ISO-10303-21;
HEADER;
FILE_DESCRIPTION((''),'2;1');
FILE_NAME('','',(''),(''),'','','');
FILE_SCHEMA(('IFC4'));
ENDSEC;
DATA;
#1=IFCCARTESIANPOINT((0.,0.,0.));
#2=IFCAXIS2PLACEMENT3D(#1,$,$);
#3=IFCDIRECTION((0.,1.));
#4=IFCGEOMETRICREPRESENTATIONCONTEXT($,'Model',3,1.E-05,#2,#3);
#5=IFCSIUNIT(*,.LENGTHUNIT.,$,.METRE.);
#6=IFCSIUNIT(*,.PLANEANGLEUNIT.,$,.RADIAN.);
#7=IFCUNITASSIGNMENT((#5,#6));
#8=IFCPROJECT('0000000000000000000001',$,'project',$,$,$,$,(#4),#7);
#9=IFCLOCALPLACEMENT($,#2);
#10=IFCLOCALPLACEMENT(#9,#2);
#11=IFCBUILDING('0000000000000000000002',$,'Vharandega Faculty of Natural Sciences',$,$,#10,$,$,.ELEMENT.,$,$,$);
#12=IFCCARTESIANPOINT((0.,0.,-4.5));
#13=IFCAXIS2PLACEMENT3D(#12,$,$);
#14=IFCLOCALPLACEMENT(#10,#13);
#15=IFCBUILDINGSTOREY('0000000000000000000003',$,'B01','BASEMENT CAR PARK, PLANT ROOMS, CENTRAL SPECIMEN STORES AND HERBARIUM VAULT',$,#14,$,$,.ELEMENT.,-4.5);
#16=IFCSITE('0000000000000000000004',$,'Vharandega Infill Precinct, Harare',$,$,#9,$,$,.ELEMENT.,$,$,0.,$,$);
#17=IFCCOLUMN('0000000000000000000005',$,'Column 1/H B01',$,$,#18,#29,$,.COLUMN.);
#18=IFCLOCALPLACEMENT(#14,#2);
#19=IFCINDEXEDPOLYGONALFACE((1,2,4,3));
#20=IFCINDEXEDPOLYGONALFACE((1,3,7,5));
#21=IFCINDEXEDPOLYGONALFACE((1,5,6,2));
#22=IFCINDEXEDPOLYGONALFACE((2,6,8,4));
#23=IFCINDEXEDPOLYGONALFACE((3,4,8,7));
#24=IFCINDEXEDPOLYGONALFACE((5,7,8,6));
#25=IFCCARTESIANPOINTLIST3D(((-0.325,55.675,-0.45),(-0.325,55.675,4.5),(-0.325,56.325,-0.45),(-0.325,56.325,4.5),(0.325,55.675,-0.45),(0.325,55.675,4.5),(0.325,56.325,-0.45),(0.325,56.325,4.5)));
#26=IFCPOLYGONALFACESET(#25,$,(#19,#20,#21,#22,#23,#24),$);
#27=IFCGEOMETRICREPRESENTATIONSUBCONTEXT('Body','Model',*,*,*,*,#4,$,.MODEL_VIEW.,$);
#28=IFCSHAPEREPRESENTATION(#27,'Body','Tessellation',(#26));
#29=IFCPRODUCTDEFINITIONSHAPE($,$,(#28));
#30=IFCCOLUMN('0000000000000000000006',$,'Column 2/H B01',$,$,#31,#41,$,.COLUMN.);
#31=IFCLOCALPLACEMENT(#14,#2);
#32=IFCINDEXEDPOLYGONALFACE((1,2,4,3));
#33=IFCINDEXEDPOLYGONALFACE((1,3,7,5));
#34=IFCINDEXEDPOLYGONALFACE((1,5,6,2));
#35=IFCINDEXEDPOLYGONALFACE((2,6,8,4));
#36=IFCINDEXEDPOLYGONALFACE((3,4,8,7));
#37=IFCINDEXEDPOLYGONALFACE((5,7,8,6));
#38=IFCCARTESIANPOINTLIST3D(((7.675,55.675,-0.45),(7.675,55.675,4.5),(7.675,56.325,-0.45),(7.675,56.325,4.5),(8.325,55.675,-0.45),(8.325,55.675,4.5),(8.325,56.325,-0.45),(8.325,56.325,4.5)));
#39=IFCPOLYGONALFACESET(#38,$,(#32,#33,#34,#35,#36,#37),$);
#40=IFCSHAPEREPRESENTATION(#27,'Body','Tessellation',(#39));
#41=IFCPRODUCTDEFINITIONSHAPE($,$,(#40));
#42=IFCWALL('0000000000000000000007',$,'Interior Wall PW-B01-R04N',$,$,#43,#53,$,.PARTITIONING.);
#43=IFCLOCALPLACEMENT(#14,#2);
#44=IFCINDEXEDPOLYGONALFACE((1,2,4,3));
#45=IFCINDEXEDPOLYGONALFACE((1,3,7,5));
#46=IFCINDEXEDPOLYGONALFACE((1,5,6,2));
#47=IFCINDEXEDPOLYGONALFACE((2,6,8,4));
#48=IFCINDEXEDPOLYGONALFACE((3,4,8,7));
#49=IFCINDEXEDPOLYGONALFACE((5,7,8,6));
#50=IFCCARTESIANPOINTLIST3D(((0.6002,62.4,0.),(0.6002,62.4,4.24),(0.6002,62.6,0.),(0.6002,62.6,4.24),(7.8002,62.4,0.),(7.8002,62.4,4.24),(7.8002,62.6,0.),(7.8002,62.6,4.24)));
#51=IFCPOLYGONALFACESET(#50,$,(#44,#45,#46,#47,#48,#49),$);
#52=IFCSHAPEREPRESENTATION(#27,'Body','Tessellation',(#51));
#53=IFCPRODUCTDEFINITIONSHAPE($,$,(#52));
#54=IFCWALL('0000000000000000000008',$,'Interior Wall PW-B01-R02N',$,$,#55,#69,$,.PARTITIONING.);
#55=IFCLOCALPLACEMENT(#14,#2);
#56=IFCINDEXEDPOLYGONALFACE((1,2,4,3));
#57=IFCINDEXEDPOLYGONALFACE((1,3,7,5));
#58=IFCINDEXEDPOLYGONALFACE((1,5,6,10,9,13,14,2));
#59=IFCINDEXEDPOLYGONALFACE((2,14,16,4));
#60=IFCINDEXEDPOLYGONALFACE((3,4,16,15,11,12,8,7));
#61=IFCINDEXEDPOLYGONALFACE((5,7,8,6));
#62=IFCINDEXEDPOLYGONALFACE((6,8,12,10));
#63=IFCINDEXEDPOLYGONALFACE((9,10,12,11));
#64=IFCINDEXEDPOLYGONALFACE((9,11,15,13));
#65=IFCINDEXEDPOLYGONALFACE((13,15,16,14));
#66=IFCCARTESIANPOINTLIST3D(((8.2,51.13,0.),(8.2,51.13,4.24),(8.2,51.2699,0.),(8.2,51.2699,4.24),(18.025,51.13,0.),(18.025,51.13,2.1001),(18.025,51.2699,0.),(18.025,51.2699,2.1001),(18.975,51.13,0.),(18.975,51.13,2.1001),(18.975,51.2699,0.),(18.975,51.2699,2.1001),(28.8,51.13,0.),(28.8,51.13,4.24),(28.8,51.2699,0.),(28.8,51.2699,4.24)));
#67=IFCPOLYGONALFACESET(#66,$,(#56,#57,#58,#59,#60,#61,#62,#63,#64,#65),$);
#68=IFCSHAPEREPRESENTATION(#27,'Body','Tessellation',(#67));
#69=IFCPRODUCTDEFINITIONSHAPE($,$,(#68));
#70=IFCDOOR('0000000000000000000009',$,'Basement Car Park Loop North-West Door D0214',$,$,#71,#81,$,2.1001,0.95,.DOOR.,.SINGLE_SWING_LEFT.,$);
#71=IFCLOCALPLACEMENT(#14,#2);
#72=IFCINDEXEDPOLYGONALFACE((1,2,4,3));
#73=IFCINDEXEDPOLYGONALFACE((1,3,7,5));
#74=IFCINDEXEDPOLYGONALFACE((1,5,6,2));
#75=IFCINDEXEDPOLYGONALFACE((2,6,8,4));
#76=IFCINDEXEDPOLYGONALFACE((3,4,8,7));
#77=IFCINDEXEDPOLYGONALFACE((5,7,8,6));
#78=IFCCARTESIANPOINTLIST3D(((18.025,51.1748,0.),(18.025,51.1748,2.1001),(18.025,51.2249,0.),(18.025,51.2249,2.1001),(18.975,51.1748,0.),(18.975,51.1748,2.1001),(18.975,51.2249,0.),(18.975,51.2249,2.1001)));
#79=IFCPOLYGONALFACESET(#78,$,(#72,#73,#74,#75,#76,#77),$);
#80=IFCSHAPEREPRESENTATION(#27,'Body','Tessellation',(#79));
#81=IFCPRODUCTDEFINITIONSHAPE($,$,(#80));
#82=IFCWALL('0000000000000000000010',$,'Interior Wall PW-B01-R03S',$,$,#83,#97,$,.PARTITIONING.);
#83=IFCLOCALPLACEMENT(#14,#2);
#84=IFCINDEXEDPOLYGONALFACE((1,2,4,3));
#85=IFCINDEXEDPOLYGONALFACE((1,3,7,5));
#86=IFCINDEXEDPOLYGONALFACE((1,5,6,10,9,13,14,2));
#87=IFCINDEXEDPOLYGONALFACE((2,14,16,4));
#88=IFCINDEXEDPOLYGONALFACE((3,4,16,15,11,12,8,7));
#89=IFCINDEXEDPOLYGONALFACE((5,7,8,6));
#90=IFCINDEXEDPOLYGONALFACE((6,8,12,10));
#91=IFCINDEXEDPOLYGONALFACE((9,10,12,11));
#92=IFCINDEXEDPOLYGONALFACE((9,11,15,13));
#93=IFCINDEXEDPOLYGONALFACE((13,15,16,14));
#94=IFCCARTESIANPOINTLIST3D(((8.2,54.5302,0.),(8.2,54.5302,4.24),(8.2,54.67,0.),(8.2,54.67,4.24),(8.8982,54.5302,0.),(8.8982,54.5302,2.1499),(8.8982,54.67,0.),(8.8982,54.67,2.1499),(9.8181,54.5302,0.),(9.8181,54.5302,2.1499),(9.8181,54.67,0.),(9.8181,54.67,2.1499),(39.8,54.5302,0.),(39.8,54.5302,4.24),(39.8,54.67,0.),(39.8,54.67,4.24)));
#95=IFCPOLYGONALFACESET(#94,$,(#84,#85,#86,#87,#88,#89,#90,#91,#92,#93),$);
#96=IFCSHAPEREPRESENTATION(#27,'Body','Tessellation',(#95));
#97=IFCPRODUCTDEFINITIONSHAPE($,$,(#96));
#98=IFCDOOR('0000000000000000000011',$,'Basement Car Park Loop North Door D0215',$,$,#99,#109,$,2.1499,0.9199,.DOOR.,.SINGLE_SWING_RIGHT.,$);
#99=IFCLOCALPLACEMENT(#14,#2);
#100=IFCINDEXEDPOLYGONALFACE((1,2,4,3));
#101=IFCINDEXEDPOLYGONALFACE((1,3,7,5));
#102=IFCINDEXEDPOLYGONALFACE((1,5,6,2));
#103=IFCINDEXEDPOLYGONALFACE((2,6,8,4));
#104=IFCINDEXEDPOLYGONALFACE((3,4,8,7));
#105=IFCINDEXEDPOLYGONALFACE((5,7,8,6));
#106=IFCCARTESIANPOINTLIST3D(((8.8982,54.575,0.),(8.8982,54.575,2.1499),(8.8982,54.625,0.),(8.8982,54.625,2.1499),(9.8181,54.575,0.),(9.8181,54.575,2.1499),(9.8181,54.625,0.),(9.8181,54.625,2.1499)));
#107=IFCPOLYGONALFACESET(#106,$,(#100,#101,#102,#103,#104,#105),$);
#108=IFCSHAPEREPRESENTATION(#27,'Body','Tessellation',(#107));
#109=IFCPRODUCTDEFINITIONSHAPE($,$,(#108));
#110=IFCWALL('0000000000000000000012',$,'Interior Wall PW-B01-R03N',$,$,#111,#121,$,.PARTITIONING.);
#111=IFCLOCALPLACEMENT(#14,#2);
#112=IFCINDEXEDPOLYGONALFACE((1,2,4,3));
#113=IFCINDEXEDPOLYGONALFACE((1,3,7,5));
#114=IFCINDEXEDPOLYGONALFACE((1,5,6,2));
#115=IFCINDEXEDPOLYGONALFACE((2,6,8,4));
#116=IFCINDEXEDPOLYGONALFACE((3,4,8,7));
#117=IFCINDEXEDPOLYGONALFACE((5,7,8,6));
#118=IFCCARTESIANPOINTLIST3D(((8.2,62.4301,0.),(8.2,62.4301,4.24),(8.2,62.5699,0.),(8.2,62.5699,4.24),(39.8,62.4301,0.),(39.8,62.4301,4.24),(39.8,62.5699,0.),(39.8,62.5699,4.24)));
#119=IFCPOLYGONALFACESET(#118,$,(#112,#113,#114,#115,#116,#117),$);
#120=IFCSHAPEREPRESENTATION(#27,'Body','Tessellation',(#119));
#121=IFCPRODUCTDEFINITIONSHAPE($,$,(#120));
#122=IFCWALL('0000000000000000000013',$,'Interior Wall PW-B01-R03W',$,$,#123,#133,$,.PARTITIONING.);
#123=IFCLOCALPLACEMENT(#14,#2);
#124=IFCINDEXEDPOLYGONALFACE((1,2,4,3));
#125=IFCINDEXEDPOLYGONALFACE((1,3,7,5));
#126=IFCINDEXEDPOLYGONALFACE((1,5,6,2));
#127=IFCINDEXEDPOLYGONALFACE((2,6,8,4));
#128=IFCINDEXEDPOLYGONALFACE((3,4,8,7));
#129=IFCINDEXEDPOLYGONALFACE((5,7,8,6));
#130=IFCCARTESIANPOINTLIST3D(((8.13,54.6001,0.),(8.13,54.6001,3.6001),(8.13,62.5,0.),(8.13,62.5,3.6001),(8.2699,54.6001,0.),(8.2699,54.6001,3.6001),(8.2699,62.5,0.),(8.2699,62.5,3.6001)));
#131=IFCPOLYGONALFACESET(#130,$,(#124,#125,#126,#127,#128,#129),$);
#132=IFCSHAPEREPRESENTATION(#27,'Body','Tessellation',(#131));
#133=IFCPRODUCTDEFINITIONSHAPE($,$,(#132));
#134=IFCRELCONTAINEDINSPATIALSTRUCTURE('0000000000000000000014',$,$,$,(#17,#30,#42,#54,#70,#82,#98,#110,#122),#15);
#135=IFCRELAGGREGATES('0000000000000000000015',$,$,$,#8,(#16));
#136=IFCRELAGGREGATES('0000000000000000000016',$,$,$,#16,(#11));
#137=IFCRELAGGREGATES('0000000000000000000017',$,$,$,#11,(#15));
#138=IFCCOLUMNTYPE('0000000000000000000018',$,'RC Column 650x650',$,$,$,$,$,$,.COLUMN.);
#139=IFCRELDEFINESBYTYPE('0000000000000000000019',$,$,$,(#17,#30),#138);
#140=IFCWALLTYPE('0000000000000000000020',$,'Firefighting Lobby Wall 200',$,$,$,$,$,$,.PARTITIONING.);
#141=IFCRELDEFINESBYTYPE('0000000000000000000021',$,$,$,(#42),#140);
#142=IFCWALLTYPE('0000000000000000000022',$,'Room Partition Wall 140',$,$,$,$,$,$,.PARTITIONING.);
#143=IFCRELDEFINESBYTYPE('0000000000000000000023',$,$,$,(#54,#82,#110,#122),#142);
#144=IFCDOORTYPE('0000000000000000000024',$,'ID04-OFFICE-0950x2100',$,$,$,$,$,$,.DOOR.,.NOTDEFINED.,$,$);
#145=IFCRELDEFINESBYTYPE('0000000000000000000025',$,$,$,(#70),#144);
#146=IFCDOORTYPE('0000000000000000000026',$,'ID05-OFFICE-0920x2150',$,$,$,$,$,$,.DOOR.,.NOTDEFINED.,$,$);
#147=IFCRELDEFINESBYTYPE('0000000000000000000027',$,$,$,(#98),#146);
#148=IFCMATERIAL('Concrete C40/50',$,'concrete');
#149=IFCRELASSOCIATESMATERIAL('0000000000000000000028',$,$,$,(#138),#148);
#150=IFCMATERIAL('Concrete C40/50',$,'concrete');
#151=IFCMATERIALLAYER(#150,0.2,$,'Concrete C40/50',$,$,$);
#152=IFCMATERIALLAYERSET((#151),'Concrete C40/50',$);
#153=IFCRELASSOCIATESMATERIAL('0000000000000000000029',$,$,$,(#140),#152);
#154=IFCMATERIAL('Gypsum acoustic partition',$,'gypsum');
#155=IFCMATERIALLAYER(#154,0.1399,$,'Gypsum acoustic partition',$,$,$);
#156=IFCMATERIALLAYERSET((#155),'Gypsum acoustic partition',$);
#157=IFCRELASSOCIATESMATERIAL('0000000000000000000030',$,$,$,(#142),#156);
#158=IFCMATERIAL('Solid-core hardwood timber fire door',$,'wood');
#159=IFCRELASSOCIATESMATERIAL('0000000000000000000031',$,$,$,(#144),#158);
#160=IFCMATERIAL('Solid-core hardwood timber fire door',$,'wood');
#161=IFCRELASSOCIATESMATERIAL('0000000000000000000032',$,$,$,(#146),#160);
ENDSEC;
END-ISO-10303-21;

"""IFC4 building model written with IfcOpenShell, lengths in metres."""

from ifc_helpers import new_model, si_unit, direction, frame, frame_2d, origin, origin_2d, place, context, subcontext, project, spatial, rectangle, extrude, material, layer, layer_set, material_profile, profile_set, type_object, element, fill, save


model = new_model("IFC4")

# Units and contexts
model_context = context("Model", 3, precision=1e-05, world=origin(), true_north=direction((0.0, 1.0)))
body_context = subcontext(model_context, "Body", "Model", "MODEL_VIEW")
ifc_project = project(units=[si_unit("LENGTHUNIT", "METRE"), si_unit("PLANEANGLEUNIT", "RADIAN")], contexts=[model_context])

# Site, building, storey
site_placement = place(None, origin())
site = spatial("IfcSite", under=ifc_project, at=site_placement, Name="Vharandega Infill Precinct, Harare", CompositionType="ELEMENT", RefElevation=0.0)
building_placement = place(site_placement, origin())
building = spatial("IfcBuilding", under=site, at=building_placement, Name="Vharandega Faculty of Natural Sciences", CompositionType="ELEMENT")
storey_placement = place(building_placement, frame((0.0, 0.0, -4.5)))
storey = spatial("IfcBuildingStorey", under=building, at=storey_placement, Name="B01", Description="BASEMENT CAR PARK, PLANT ROOMS, CENTRAL SPECIMEN STORES AND HERBARIUM VAULT", CompositionType="ELEMENT", Elevation=-4.5)

# Columns
ifc_material_1 = material(Name="Concrete C40/50", Category="concrete")
ifc_material_profile_1 = material_profile(ifc_material_1, rectangle(XDim=0.6499, YDim=0.6499, at=origin_2d()), Name="RC 650x650")
ifc_profile_set_1 = profile_set([ifc_material_profile_1], Name="Concrete C40/50")
column_type = type_object("IfcColumnType", Name="RC Column 650x650", PredefinedType="COLUMN", material=ifc_profile_set_1)
for number, where, z_axis, x_axis, name in (
    (1, (0.0, 56.0, -0.45), (0.0, 0.0, 1.0), (1.0, 0.0, 0.0), "Column 1/H B01"),
    (2, (8.0, 56.0, -0.45), (0.0, 0.0, 1.0), (1.0, 0.0, 0.0), "Column 2/H B01"),
):
    element("IfcColumn", number, at=place(storey_placement, frame(where, z_axis=z_axis, x_axis=x_axis)), inside=storey, type_object=column_type, Name=name, PredefinedType="COLUMN", context=body_context, shape_type="SweptSolid", body=[
        extrude(rectangle(XDim=0.6499, YDim=0.6499, at=origin_2d()), origin(), (0.0, 0.0, 1.0), 4.95),
    ])

# Wall
ifc_material_2 = material(Name="Concrete C40/50", Category="concrete")
ifc_layer_1 = layer(ifc_material_2, 0.2, Name="Concrete C40/50")
ifc_layer_set_1 = layer_set([ifc_layer_1], Name="Concrete C40/50")
wall_type_1 = type_object("IfcWallType", Name="Firefighting Lobby Wall 200", PredefinedType="PARTITIONING", material=ifc_layer_set_1)
wall_1_placement = place(storey_placement, frame((0.6001, 62.5, 0.0), z_axis=(0.0, 0.0, 1.0), x_axis=(1.0, 0.0, 0.0)))
element("IfcWall", 3, at=wall_1_placement, inside=storey, type_object=wall_type_1, Name="Interior Wall PW-B01-R04N", PredefinedType="PARTITIONING", context=body_context, shape_type="SweptSolid", body=[
    extrude(rectangle(XDim=7.2, YDim=0.2, at=frame_2d((3.6001, 0.0))), origin(), (0.0, 0.0, 1.0), 4.24),
])

# Walls, openings, doors
ifc_material_3 = material(Name="Gypsum acoustic partition", Category="gypsum")
ifc_layer_2 = layer(ifc_material_3, 0.1399, Name="Gypsum acoustic partition")
ifc_layer_set_2 = layer_set([ifc_layer_2], Name="Gypsum acoustic partition")
wall_type_2 = type_object("IfcWallType", Name="Room Partition Wall 140", PredefinedType="PARTITIONING", material=ifc_layer_set_2)
wall_2_placement = place(storey_placement, frame((8.2, 51.2, 0.0), z_axis=(0.0, 0.0, 1.0), x_axis=(1.0, 0.0, 0.0)))
wall_2 = element("IfcWall", 4, at=wall_2_placement, inside=storey, type_object=wall_type_2, Name="Interior Wall PW-B01-R02N", PredefinedType="PARTITIONING", context=body_context, shape_type="SweptSolid", body=[
    extrude(rectangle(XDim=20.6001, YDim=0.1399, at=frame_2d((10.3, 0.0))), origin(), (0.0, 0.0, 1.0), 4.24),
])
opening_1_placement = place(wall_2_placement, frame((9.825, 0.0, 0.0)))
opening_1 = element("IfcOpeningElement", 5, at=opening_1_placement, cuts=wall_2, PredefinedType="OPENING", context=body_context, shape_type="SweptSolid", body=[
    extrude(rectangle(XDim=0.95, YDim=2.1001, at=frame_2d((0.4751, 1.05))), frame((0.0, 0.0801, 0.0), z_axis=(0.0, -1.0, 0.0), x_axis=(1.0, 0.0, 0.0)), (0.0, 0.0, 1.0), 0.1599),
])
ifc_material_4 = material(Name="Solid-core hardwood timber fire door", Category="wood")
door_type_1 = type_object("IfcDoorType", Name="ID04-OFFICE-0950x2100", OperationType="NOTDEFINED", PredefinedType="DOOR", material=ifc_material_4)
door_1_placement = place(opening_1_placement, origin())
door_1 = element("IfcDoor", 6, at=door_1_placement, inside=storey, type_object=door_type_1, Name="Basement Car Park Loop North-West Door D0214", OperationType="SINGLE_SWING_LEFT", OverallHeight=2.1001, OverallWidth=0.95, PredefinedType="DOOR", context=body_context, shape_type="SweptSolid", body=[
    extrude(rectangle(XDim=0.95, YDim=2.1001, at=frame_2d((0.4751, 1.05))), frame((0.0, 0.0249, 0.0), z_axis=(0.0, -1.0, 0.0), x_axis=(1.0, 0.0, 0.0)), (0.0, 0.0, 1.0), 0.05),
])
fill(opening_1, door_1)
wall_3_placement = place(storey_placement, frame((8.2, 54.6001, 0.0), z_axis=(0.0, 0.0, 1.0), x_axis=(1.0, 0.0, 0.0)))
wall_3 = element("IfcWall", 7, at=wall_3_placement, inside=storey, type_object=wall_type_2, Name="Interior Wall PW-B01-R03S", PredefinedType="PARTITIONING", context=body_context, shape_type="SweptSolid", body=[
    extrude(rectangle(XDim=31.6001, YDim=0.1399, at=frame_2d((15.8, 0.0))), origin(), (0.0, 0.0, 1.0), 4.24),
])
opening_2_placement = place(wall_3_placement, frame((0.6982, 0.0, 0.0)))
opening_2 = element("IfcOpeningElement", 8, at=opening_2_placement, cuts=wall_3, PredefinedType="OPENING", context=body_context, shape_type="SweptSolid", body=[
    extrude(rectangle(XDim=0.9199, YDim=2.1499, at=frame_2d((0.46, 1.075))), frame((0.0, 0.0801, 0.0), z_axis=(0.0, -1.0, 0.0), x_axis=(1.0, 0.0, 0.0)), (0.0, 0.0, 1.0), 0.1599),
])
ifc_material_5 = material(Name="Solid-core hardwood timber fire door", Category="wood")
door_type_2 = type_object("IfcDoorType", Name="ID05-OFFICE-0920x2150", OperationType="NOTDEFINED", PredefinedType="DOOR", material=ifc_material_5)
door_2_placement = place(opening_2_placement, origin())
door_2 = element("IfcDoor", 9, at=door_2_placement, inside=storey, type_object=door_type_2, Name="Basement Car Park Loop North Door D0215", OperationType="SINGLE_SWING_RIGHT", OverallHeight=2.1499, OverallWidth=0.9199, PredefinedType="DOOR", context=body_context, shape_type="SweptSolid", body=[
    extrude(rectangle(XDim=0.9199, YDim=2.1499, at=frame_2d((0.46, 1.075))), frame((0.0, 0.0249, 0.0), z_axis=(0.0, -1.0, 0.0), x_axis=(1.0, 0.0, 0.0)), (0.0, 0.0, 1.0), 0.05),
])
fill(opening_2, door_2)

# Walls
wall_4_placement = place(storey_placement, frame((8.2, 62.5, 0.0), z_axis=(0.0, 0.0, 1.0), x_axis=(1.0, 0.0, 0.0)))
element("IfcWall", 10, at=wall_4_placement, inside=storey, type_object=wall_type_2, Name="Interior Wall PW-B01-R03N", PredefinedType="PARTITIONING", context=body_context, shape_type="SweptSolid", body=[
    extrude(rectangle(XDim=31.6001, YDim=0.1399, at=frame_2d((15.8, 0.0))), origin(), (0.0, 0.0, 1.0), 4.24),
])
wall_5_placement = place(storey_placement, frame((8.2, 54.6001, 0.0), z_axis=(0.0, 0.0, 1.0), x_axis=(0.0, 1.0, 0.0)))
element("IfcWall", 11, at=wall_5_placement, inside=storey, type_object=wall_type_2, Name="Interior Wall PW-B01-R03W", PredefinedType="PARTITIONING", context=body_context, shape_type="SweptSolid", body=[
    extrude(rectangle(XDim=7.8999, YDim=0.1399, at=frame_2d((3.95, 0.0))), origin(), (0.0, 0.0, 1.0), 3.6001),
])

save(model, "model.ifc")
